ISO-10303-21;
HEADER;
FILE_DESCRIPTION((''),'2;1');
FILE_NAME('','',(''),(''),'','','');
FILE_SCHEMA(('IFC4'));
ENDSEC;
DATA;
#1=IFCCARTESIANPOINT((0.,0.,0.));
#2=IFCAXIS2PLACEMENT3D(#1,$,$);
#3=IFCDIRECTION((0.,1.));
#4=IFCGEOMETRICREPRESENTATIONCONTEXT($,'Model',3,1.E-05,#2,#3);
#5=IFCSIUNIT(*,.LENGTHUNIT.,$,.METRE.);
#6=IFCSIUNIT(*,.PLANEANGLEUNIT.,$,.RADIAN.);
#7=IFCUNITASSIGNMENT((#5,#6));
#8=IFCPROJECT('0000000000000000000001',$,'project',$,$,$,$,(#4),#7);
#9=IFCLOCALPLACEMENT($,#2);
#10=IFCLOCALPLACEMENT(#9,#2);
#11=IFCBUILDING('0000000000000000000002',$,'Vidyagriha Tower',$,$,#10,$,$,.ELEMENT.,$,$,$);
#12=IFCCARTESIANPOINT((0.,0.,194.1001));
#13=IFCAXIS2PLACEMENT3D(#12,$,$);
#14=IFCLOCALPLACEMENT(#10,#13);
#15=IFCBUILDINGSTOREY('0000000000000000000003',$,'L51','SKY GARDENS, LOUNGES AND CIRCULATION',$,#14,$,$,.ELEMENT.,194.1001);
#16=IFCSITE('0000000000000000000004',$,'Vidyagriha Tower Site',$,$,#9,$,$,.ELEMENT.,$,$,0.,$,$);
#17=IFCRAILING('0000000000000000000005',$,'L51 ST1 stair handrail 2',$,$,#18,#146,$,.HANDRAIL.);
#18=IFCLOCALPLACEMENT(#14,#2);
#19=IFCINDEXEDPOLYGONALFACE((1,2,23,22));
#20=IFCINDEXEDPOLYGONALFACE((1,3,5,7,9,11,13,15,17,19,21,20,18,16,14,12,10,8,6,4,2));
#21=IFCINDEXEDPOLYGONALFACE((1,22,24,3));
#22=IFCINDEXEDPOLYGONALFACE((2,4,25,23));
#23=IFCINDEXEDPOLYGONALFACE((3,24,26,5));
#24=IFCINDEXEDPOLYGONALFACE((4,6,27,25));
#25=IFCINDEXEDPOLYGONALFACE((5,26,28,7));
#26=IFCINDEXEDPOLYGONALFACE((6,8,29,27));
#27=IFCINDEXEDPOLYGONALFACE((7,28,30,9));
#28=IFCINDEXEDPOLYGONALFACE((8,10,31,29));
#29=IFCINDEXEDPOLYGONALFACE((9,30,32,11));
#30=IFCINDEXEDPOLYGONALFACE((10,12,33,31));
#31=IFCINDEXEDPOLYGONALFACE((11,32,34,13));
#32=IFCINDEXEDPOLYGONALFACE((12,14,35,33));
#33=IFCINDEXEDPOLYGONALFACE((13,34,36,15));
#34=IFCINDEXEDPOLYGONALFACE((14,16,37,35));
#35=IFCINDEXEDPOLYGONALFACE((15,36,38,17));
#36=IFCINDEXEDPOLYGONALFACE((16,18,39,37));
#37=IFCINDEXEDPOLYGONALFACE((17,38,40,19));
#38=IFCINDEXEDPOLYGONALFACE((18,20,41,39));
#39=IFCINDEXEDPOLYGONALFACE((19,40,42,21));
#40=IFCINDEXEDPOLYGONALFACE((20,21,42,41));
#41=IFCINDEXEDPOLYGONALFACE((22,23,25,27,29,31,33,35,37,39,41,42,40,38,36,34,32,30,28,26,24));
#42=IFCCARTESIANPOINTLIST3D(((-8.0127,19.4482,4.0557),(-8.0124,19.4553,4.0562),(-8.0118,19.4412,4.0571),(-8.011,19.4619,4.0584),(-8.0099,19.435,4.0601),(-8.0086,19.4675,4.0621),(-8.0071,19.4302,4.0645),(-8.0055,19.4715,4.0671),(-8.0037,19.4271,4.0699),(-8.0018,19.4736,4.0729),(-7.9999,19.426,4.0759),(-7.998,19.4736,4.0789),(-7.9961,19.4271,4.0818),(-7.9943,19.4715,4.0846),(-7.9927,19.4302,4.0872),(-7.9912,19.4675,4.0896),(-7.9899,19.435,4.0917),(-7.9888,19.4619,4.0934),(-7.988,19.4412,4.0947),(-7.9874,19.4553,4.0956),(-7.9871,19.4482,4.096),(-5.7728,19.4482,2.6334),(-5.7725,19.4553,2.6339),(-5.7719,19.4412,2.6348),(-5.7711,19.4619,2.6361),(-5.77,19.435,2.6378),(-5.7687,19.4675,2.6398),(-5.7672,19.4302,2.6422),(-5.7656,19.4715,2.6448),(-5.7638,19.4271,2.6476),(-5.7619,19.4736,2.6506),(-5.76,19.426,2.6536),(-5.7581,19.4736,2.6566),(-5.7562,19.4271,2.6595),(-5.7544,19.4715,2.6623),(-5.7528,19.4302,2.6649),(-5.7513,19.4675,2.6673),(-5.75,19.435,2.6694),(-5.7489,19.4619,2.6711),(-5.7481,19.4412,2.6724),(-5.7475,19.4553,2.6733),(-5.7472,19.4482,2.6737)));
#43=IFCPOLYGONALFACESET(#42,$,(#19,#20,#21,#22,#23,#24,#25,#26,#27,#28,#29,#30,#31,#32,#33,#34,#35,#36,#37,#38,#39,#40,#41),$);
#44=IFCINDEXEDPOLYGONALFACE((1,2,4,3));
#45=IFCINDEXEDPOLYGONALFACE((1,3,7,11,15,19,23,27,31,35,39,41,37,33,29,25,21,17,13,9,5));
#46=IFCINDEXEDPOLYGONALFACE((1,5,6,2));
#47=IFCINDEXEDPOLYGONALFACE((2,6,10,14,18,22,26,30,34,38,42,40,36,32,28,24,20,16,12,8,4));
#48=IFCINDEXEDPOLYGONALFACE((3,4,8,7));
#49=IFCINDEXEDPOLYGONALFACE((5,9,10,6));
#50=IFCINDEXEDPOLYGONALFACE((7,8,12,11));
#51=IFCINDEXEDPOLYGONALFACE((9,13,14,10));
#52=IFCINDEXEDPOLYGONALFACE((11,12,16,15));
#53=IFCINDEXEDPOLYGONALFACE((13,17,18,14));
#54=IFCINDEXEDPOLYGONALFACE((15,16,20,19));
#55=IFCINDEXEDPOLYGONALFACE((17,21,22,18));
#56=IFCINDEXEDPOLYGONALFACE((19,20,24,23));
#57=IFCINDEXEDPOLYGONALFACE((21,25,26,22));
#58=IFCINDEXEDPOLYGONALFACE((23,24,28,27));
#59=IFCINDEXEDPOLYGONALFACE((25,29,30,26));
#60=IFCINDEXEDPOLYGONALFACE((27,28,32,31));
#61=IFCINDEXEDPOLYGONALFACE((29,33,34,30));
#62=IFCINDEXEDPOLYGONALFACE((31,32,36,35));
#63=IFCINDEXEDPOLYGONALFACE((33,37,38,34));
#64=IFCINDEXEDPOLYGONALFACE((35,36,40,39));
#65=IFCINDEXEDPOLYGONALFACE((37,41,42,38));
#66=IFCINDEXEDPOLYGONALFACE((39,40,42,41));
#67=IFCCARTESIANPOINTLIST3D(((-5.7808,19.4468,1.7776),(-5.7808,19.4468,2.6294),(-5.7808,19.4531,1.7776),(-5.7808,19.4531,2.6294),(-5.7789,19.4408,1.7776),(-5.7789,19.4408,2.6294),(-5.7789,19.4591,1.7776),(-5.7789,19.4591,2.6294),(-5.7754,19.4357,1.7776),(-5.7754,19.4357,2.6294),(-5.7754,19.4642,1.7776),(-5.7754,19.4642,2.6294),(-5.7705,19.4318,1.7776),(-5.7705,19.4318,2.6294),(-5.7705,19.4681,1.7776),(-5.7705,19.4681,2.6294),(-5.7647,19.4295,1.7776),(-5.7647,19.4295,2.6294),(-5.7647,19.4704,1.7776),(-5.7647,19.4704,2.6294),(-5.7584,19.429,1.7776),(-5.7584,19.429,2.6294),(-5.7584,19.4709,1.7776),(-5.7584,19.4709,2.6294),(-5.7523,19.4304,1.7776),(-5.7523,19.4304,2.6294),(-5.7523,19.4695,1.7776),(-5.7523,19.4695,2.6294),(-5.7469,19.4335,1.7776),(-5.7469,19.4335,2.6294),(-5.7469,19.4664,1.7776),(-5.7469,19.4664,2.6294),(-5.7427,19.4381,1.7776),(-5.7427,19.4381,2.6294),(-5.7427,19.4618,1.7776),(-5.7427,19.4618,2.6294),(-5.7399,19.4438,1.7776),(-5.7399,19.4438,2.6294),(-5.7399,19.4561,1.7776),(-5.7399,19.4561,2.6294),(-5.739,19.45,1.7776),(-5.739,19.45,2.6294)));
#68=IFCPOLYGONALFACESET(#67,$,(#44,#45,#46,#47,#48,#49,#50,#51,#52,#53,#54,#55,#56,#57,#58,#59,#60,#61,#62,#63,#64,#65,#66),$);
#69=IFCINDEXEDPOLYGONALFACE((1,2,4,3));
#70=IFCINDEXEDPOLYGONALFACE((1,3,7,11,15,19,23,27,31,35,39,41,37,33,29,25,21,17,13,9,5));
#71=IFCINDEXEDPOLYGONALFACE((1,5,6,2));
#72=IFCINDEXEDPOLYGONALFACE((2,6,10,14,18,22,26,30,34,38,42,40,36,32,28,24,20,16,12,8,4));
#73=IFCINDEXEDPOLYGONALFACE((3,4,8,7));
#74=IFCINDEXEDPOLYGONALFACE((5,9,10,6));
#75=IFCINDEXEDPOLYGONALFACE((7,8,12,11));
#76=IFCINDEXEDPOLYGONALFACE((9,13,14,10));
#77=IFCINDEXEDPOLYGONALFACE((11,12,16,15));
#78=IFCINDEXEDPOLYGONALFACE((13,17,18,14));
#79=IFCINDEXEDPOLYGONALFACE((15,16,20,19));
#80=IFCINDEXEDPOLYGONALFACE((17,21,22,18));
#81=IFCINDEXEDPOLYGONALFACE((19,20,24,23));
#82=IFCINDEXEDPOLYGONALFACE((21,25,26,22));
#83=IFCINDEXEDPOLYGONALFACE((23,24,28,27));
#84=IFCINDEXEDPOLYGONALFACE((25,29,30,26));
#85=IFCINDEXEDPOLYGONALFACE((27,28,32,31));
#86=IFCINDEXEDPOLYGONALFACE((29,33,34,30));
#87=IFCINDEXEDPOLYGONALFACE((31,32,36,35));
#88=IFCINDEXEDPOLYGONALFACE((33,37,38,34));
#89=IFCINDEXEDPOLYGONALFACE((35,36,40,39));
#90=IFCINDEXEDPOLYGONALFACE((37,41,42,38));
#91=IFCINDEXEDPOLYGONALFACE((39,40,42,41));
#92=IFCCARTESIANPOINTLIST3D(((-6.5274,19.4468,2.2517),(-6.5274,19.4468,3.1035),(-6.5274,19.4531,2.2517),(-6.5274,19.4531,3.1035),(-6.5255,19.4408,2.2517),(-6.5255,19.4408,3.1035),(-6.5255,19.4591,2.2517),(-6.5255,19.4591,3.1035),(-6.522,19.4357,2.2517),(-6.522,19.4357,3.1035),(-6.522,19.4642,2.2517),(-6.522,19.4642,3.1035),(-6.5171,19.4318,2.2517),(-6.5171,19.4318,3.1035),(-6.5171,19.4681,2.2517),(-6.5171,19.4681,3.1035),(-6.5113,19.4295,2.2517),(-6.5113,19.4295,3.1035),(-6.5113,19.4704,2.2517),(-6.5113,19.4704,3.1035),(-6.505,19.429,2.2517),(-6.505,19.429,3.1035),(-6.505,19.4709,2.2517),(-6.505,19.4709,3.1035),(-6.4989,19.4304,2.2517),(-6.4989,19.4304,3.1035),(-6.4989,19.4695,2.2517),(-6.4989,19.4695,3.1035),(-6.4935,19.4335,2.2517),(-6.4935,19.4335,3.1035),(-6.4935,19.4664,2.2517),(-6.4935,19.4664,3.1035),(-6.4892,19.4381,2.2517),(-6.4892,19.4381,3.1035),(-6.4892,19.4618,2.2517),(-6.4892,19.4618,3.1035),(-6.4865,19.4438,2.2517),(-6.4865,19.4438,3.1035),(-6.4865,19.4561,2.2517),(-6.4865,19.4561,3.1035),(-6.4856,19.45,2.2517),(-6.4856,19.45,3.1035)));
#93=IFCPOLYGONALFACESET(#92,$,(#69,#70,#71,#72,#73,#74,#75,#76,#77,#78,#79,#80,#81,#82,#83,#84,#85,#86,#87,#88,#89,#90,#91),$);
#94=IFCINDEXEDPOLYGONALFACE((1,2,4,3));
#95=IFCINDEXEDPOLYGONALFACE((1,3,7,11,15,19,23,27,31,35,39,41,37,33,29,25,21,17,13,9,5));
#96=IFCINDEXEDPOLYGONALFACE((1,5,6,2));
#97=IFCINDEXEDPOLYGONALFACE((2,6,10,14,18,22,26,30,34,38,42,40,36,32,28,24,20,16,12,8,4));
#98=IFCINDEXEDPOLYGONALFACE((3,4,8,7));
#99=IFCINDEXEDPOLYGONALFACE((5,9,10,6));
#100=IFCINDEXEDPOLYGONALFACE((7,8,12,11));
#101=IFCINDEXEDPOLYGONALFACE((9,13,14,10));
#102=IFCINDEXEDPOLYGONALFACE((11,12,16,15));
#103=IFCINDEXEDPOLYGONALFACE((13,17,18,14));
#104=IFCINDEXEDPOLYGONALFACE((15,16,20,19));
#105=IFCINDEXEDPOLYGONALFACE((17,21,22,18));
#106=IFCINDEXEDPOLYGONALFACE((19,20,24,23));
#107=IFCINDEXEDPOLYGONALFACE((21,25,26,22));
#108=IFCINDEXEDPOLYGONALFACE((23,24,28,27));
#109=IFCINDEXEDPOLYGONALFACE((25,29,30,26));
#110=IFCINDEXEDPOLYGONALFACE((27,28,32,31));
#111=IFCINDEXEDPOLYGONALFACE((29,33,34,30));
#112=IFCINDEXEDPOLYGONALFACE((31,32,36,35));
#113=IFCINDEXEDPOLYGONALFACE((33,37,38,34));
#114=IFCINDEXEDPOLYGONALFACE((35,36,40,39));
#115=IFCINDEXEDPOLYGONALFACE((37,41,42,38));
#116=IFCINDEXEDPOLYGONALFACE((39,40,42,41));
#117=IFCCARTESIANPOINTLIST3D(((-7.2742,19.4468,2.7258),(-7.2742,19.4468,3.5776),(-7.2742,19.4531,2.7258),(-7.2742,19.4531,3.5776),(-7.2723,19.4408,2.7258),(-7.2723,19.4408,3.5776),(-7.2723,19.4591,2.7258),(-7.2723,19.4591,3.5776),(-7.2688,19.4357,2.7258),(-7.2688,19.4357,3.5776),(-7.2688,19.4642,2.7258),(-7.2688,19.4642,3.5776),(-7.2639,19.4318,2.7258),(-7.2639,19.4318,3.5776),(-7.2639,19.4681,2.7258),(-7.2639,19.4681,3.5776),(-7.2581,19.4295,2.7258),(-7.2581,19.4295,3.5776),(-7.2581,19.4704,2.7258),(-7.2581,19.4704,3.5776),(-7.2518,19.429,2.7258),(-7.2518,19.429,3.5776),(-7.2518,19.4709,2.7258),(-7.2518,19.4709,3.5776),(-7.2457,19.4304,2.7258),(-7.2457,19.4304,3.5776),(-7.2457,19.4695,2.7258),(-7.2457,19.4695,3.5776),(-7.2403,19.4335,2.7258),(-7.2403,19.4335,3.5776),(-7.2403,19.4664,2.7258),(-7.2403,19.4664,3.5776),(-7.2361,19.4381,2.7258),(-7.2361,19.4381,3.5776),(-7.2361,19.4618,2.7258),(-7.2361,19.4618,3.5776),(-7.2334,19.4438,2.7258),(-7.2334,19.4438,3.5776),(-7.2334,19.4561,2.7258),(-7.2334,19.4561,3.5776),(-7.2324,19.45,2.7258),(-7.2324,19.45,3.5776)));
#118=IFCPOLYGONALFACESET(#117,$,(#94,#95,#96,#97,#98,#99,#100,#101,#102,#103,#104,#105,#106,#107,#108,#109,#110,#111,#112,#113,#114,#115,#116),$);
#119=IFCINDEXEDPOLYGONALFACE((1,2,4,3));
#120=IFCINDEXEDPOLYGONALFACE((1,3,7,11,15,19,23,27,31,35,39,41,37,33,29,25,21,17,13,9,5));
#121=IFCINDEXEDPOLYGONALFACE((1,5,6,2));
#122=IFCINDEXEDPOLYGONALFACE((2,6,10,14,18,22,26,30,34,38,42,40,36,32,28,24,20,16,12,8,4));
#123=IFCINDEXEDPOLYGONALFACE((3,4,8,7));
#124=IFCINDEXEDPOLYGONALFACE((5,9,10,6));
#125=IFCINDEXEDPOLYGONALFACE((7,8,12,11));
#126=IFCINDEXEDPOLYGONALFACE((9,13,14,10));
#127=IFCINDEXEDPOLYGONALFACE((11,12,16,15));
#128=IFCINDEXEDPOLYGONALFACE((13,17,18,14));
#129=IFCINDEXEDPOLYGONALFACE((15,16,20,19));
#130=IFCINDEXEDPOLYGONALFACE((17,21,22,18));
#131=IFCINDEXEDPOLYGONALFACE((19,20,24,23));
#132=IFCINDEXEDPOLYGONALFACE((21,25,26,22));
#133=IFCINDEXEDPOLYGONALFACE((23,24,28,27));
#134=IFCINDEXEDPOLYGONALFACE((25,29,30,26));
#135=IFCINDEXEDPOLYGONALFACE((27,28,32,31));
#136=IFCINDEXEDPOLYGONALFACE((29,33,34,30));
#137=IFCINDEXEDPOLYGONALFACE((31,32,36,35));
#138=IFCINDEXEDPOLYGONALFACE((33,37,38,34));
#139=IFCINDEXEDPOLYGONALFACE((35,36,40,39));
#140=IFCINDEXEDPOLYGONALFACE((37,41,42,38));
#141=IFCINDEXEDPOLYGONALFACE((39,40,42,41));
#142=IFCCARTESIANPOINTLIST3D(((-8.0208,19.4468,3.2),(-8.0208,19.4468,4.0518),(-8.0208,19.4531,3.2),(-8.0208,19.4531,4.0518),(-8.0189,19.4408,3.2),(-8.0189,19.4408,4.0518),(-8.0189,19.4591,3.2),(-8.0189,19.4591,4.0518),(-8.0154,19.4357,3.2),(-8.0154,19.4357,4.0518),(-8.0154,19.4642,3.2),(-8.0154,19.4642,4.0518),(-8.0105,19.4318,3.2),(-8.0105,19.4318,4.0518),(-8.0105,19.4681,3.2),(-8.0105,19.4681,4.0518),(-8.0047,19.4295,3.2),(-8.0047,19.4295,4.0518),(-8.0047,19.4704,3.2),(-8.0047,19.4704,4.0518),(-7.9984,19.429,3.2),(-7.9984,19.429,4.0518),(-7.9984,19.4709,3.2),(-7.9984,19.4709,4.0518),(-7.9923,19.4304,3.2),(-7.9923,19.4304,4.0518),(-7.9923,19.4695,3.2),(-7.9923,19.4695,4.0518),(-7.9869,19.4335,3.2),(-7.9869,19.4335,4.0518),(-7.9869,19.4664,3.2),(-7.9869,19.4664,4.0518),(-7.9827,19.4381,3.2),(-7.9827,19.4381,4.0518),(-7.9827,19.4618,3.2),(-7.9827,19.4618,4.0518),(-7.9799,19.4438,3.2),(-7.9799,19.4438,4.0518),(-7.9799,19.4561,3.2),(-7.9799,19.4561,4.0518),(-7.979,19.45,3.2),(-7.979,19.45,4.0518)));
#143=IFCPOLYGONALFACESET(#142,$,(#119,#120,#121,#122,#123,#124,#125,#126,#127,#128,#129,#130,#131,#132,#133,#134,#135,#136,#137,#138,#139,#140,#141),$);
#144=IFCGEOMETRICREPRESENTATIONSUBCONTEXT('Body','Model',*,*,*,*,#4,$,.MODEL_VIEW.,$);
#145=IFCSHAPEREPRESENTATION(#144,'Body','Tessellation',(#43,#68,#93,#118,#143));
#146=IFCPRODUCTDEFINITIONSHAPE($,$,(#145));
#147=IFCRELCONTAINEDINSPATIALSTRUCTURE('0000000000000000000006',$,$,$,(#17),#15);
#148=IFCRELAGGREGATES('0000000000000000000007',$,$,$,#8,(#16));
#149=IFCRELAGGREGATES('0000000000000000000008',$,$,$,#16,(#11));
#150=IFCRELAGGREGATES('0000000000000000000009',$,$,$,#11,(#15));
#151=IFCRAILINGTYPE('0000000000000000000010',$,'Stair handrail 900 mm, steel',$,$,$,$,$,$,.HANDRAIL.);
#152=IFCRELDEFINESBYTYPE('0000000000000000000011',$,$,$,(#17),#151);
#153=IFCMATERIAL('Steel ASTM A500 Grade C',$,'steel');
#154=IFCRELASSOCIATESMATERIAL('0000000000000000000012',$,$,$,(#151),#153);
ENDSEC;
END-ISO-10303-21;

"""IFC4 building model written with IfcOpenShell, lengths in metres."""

from ifc_helpers import new_model, si_unit, direction, frame, origin, origin_2d, place, context, subcontext, project, spatial, circle, extrude, material, type_object, element, save


model = new_model("IFC4")

# Units and contexts
model_context = context("Model", 3, precision=1e-05, world=origin(), true_north=direction((0.0, 1.0)))
body_context = subcontext(model_context, "Body", "Model", "MODEL_VIEW")
ifc_project = project(units=[si_unit("LENGTHUNIT", "METRE"), si_unit("PLANEANGLEUNIT", "RADIAN")], contexts=[model_context])

# Site, building, storey
site_placement = place(None, origin())
site = spatial("IfcSite", under=ifc_project, at=site_placement, Name="Vidyagriha Tower Site", CompositionType="ELEMENT", RefElevation=0.0)
building_placement = place(site_placement, origin())
building = spatial("IfcBuilding", under=site, at=building_placement, Name="Vidyagriha Tower", CompositionType="ELEMENT")
storey_placement = place(building_placement, frame((0.0, 0.0, 194.1001)))
storey = spatial("IfcBuildingStorey", under=building, at=storey_placement, Name="L51", Description="SKY GARDENS, LOUNGES AND CIRCULATION", CompositionType="ELEMENT", Elevation=194.1001)

# Railing
ifc_material_1 = material(Name="Steel ASTM A500 Grade C", Category="steel")
railing_type_1 = type_object("IfcRailingType", Name="Stair handrail 900 mm, steel", PredefinedType="HANDRAIL", material=ifc_material_1)
railing_1_placement = place(storey_placement, frame((-5.76, 19.45, 1.7776)))
element("IfcRailing", 1, at=railing_1_placement, inside=storey, type_object=railing_type_1, Name="L51 ST1 stair handrail 2", PredefinedType="HANDRAIL", context=body_context, shape_type="SweptSolid", body=[
    extrude(circle(Radius=0.0239, at=origin_2d()), frame((0.0, 0.0, 0.876), z_axis=(-0.844188, 0.0, 0.536048), x_axis=(0.0, -1.0, 0.0)), (0.0, 0.0, 1.0), 2.6533),
    extrude(circle(Radius=0.021, at=origin_2d()), origin(), (0.0, 0.0, 1.0), 0.8518),
    extrude(circle(Radius=0.021, at=origin_2d()), frame((-0.7466, 0.0, 0.4741)), (0.0, 0.0, 1.0), 0.8518),
    extrude(circle(Radius=0.021, at=origin_2d()), frame((-1.4934, 0.0, 0.9482)), (0.0, 0.0, 1.0), 0.8518),
    extrude(circle(Radius=0.021, at=origin_2d()), frame((-2.24, 0.0, 1.4224)), (0.0, 0.0, 1.0), 0.8518),
])

save(model, "model.ifc")
